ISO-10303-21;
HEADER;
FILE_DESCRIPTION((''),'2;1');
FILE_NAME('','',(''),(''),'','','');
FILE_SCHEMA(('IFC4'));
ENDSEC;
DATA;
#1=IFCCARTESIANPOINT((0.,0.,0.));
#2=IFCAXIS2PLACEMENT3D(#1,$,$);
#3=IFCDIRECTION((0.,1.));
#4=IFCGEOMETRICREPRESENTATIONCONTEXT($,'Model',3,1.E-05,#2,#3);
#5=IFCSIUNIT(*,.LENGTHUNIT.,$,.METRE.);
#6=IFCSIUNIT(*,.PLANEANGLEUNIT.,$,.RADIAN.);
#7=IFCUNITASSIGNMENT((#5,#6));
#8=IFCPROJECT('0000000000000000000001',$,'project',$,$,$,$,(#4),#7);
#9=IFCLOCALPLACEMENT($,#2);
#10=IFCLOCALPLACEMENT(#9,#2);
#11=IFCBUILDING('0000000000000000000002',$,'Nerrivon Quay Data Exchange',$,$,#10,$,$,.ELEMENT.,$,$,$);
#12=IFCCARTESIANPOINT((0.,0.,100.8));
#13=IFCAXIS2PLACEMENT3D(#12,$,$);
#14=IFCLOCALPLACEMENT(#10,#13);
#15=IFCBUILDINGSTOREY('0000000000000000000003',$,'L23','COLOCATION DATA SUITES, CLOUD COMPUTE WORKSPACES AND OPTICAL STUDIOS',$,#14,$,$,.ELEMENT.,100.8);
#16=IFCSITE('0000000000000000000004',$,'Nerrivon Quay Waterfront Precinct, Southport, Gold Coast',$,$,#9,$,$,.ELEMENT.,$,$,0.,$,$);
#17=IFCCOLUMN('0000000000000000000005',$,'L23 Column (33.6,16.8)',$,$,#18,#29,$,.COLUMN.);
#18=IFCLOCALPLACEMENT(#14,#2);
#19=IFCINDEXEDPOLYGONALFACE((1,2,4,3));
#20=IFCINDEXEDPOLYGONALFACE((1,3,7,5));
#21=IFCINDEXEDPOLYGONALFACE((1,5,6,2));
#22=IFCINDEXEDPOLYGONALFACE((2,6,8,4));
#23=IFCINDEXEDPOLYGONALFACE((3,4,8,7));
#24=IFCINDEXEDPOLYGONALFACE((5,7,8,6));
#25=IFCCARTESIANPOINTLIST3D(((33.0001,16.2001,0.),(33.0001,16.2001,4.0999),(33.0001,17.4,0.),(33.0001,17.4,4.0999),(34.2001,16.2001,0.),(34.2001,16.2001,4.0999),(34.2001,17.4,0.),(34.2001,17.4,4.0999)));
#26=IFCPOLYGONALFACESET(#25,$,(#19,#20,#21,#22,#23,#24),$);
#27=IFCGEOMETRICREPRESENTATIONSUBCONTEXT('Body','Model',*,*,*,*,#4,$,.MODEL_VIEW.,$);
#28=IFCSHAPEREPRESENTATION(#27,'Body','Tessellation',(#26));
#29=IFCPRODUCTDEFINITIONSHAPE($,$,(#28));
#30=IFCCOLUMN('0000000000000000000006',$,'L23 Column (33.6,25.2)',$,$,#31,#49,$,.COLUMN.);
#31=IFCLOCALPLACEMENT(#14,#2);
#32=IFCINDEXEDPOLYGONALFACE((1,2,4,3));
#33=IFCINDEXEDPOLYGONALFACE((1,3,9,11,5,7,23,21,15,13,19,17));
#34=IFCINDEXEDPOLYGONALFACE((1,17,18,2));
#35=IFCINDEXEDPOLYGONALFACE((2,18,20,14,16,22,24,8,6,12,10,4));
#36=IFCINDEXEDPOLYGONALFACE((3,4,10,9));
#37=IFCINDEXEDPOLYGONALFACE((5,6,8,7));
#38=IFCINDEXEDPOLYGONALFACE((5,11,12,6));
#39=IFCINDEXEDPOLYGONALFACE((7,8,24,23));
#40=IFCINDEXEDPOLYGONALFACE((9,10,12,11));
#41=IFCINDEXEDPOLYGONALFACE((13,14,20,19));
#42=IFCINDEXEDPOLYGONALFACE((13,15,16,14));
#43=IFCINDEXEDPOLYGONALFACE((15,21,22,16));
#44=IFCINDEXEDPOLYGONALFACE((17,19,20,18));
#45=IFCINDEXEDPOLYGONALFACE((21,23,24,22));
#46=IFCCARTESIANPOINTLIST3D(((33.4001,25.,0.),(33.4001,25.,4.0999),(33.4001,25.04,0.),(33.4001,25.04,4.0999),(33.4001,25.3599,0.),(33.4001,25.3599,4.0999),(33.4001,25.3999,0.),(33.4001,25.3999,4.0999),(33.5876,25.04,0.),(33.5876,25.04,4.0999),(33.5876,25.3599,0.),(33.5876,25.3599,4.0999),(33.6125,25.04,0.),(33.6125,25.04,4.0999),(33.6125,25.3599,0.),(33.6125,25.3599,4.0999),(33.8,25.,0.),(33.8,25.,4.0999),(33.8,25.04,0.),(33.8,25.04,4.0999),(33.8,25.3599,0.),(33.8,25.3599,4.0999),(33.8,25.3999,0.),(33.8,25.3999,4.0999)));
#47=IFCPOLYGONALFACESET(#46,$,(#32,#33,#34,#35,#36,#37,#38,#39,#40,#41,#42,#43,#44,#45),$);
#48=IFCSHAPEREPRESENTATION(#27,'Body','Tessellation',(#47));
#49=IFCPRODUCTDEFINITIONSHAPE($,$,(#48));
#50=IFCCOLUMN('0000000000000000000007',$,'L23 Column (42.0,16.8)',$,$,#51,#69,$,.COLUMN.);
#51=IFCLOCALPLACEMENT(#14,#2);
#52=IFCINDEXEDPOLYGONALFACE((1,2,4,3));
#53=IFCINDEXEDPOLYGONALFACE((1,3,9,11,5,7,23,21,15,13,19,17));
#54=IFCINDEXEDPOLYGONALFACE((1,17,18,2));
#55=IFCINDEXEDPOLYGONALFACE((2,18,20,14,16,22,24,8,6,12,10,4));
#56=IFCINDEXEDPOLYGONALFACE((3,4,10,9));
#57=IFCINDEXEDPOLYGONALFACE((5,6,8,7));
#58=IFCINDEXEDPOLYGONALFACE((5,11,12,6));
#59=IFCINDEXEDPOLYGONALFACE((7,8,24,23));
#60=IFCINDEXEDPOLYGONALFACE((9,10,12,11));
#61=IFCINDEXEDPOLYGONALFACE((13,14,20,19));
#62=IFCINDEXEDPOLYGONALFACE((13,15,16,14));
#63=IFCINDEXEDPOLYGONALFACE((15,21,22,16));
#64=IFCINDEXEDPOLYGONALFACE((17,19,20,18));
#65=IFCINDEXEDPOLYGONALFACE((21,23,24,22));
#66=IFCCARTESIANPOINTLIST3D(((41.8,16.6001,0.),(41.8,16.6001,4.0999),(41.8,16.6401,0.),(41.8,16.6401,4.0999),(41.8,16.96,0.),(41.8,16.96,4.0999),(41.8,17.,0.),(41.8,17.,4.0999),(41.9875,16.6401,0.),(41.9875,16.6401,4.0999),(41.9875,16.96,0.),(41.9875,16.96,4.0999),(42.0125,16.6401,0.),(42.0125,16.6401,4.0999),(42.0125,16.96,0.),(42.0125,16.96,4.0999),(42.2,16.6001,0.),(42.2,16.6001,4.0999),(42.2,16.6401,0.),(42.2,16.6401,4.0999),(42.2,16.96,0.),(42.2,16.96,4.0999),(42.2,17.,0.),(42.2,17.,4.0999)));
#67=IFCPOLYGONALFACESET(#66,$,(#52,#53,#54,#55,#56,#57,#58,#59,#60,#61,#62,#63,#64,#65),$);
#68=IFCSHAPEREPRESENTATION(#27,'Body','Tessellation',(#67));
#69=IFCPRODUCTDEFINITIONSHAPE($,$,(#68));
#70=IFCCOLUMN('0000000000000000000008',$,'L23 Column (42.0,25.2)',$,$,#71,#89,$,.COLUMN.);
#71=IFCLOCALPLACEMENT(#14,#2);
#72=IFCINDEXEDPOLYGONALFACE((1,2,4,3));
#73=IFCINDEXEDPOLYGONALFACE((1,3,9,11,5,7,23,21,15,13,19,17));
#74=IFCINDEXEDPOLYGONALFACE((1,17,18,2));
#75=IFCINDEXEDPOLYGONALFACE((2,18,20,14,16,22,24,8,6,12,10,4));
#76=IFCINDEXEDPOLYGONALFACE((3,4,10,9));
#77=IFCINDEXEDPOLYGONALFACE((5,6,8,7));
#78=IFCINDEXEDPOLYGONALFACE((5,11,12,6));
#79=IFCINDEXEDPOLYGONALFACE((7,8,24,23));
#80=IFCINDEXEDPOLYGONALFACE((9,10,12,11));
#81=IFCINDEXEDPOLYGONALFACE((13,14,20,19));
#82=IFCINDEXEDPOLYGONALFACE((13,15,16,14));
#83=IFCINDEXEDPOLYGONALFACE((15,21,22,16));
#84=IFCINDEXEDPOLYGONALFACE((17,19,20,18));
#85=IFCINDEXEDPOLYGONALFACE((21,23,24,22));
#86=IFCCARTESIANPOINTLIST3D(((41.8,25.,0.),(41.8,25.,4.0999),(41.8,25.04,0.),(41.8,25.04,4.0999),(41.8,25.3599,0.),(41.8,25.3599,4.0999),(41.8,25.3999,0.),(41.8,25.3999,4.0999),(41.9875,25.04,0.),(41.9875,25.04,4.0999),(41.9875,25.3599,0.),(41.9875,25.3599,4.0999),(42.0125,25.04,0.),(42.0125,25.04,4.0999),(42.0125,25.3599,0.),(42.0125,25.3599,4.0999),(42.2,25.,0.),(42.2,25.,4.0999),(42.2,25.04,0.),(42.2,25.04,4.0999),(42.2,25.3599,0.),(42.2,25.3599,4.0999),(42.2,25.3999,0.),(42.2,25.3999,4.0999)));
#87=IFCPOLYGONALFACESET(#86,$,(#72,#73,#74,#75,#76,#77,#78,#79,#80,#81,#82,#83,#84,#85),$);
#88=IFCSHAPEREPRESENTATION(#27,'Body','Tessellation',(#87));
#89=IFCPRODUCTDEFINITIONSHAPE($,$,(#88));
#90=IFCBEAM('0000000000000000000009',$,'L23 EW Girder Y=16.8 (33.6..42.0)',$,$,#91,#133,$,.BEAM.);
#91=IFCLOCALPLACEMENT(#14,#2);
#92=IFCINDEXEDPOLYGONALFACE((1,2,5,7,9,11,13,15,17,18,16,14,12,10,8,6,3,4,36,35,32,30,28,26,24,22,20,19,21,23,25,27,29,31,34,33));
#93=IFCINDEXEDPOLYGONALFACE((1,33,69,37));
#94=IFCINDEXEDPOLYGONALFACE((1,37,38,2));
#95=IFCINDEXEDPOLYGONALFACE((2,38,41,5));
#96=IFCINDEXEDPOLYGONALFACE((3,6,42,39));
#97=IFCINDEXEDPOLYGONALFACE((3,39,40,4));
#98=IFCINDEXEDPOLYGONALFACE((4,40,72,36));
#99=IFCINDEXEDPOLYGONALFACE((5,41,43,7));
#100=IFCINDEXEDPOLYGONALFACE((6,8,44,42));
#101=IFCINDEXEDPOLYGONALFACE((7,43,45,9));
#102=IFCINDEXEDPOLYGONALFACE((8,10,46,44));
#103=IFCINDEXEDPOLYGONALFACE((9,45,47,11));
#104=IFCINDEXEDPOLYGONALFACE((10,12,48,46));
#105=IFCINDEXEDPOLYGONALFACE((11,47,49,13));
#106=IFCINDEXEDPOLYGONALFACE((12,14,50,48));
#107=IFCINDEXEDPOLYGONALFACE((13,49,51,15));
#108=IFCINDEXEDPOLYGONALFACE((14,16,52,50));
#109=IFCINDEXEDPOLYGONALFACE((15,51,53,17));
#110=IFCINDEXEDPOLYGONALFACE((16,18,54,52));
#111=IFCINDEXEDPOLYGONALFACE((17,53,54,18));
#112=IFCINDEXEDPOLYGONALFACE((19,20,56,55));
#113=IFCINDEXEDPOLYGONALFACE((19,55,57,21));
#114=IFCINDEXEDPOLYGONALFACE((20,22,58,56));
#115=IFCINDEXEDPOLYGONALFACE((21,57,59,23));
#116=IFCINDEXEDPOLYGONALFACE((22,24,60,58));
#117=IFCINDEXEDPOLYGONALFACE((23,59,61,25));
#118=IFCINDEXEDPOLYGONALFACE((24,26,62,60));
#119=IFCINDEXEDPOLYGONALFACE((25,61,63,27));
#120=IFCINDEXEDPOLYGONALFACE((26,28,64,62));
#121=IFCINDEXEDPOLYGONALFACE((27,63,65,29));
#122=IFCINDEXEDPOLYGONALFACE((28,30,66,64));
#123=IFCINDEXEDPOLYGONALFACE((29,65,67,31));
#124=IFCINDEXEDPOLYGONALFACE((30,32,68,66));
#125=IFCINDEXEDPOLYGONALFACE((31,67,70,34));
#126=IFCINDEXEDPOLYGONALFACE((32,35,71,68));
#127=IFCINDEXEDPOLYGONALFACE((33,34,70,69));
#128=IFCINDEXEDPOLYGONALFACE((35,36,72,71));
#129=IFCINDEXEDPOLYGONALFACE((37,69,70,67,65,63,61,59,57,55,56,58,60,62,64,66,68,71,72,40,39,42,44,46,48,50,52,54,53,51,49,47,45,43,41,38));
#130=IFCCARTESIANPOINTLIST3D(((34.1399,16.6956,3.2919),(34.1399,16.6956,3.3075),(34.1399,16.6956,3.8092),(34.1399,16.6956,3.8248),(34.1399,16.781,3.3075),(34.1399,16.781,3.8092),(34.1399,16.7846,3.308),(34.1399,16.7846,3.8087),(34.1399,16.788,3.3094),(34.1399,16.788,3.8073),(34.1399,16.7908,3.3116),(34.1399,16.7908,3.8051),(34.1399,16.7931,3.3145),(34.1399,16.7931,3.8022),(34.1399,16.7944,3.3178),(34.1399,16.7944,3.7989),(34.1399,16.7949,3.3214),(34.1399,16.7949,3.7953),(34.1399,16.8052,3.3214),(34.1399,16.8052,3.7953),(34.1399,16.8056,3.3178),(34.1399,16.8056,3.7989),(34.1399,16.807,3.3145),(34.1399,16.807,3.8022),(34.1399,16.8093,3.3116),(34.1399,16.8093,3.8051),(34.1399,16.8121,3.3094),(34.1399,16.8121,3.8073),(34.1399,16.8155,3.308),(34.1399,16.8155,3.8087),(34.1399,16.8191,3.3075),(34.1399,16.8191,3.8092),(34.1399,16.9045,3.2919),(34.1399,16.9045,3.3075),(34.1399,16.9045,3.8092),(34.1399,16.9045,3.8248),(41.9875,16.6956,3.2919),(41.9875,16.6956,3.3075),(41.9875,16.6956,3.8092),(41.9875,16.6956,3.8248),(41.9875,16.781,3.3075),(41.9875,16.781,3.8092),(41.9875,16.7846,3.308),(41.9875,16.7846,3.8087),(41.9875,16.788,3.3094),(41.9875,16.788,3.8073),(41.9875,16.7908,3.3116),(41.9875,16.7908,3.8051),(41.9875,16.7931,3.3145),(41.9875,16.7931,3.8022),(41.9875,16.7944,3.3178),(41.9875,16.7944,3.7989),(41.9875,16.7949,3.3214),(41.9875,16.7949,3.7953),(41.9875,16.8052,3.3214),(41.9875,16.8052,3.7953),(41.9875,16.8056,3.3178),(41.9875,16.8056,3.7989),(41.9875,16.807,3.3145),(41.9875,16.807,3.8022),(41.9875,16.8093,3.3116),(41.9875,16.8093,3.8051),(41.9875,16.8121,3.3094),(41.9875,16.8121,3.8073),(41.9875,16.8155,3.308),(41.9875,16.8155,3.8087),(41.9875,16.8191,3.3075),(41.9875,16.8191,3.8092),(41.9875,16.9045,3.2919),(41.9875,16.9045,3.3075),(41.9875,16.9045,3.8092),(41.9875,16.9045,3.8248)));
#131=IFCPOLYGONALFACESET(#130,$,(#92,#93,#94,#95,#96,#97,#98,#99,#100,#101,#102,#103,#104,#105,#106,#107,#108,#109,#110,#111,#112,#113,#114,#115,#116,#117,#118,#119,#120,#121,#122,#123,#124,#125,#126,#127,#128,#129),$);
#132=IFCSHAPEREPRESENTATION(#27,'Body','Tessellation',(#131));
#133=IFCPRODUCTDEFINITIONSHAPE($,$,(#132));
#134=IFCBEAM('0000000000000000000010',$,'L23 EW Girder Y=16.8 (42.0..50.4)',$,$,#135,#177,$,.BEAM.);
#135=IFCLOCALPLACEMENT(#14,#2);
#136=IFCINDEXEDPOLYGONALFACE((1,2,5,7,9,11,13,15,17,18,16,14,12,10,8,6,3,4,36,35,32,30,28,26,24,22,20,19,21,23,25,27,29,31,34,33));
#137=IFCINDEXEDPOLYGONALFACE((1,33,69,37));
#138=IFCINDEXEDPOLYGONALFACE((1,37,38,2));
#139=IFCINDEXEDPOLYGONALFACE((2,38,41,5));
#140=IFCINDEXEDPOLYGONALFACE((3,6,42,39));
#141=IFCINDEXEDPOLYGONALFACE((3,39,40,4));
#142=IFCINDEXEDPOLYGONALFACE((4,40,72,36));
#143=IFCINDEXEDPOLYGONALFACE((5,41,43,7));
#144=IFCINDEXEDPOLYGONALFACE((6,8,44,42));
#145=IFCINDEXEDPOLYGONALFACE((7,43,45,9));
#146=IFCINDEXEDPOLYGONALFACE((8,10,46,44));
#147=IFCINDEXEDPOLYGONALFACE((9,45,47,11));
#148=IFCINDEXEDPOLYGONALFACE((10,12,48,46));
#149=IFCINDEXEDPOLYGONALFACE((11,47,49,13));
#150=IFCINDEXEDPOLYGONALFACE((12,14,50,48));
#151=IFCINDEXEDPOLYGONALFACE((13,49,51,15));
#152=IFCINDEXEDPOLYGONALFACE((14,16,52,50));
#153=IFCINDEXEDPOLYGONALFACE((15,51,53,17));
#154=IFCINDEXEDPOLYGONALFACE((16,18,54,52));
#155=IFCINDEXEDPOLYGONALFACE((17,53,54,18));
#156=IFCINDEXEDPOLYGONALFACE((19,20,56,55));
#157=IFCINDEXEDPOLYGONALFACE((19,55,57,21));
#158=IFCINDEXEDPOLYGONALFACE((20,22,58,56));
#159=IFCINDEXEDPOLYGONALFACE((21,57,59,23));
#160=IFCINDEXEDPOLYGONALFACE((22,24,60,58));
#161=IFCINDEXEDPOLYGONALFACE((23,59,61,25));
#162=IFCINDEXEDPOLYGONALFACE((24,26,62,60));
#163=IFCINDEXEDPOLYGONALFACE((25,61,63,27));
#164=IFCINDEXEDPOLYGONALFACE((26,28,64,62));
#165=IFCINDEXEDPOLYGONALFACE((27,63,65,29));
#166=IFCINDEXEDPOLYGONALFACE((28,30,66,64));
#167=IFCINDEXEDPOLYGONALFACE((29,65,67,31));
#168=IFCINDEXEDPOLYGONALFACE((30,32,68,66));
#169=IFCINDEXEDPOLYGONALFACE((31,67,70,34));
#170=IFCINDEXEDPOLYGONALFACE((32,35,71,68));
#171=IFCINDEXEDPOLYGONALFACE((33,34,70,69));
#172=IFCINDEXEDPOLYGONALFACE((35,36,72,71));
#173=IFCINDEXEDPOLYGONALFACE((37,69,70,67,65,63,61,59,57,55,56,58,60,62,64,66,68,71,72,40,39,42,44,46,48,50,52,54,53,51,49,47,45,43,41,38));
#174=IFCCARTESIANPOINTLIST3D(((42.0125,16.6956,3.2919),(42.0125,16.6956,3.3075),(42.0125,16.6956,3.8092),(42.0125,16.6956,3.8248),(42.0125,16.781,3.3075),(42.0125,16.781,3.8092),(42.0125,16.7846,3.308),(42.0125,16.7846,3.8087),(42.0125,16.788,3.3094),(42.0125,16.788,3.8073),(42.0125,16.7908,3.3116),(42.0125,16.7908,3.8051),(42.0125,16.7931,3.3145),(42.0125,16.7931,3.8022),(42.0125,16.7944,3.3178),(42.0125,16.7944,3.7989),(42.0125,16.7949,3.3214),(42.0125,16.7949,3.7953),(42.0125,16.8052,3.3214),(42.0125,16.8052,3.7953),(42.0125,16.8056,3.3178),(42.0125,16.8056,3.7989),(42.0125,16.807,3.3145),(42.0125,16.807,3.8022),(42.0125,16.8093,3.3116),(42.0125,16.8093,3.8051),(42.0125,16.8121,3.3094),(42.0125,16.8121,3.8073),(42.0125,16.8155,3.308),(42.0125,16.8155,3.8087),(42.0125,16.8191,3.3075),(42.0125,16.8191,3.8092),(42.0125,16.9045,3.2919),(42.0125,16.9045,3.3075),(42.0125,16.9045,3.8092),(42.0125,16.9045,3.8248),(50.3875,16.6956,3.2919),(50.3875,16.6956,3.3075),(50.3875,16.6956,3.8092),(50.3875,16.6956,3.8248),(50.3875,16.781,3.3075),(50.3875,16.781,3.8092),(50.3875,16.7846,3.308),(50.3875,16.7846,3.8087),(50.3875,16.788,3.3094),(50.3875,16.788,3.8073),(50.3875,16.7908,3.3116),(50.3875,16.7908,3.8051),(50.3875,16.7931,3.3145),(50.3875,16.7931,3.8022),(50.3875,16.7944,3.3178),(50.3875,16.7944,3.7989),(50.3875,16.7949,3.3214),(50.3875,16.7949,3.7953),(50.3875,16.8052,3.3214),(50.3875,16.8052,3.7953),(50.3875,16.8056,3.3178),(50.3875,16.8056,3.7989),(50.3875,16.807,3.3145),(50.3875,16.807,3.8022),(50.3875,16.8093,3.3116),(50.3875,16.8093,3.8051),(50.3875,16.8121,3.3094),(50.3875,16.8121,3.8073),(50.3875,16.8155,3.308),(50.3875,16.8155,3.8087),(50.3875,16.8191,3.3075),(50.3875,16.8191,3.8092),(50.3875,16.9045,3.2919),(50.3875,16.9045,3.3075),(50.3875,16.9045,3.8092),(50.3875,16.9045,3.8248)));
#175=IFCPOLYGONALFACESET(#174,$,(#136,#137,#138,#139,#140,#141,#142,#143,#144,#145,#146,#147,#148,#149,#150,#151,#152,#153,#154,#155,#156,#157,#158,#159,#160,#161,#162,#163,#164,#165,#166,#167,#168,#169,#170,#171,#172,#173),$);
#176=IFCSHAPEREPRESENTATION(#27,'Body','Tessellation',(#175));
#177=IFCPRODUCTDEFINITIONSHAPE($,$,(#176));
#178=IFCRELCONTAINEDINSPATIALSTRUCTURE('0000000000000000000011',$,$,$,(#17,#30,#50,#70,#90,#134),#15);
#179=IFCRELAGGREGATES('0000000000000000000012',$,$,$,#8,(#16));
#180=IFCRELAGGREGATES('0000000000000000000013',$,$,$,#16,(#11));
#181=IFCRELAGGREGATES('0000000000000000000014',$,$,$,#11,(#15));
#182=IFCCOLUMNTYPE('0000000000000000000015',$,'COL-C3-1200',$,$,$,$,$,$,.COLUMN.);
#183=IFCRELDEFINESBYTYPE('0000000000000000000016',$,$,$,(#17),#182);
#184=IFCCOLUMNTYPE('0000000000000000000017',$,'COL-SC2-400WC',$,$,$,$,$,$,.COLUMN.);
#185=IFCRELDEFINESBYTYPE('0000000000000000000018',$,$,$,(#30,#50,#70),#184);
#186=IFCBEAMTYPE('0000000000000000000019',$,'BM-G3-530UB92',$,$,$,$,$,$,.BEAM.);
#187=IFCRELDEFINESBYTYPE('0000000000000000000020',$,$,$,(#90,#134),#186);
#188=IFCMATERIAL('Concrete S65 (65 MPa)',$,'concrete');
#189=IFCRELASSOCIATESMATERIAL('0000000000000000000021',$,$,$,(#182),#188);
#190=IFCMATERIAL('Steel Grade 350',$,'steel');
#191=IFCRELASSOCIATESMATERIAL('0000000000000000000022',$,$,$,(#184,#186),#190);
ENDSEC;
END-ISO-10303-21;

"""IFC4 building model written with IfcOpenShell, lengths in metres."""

from ifc_helpers import new_model, si_unit, direction, frame, origin, origin_2d, place, context, subcontext, project, spatial, rectangle, i_section, extrude, material, material_profile, profile_set, type_object, element, save


model = new_model("IFC4")

# Units and contexts
model_context = context("Model", 3, precision=1e-05, world=origin(), true_north=direction((0.0, 1.0)))
body_context = subcontext(model_context, "Body", "Model", "MODEL_VIEW")
ifc_project = project(units=[si_unit("LENGTHUNIT", "METRE"), si_unit("PLANEANGLEUNIT", "RADIAN")], contexts=[model_context])

# Site, building, storey
site_placement = place(None, origin())
site = spatial("IfcSite", under=ifc_project, at=site_placement, Name="Nerrivon Quay Waterfront Precinct, Southport, Gold Coast", CompositionType="ELEMENT", RefElevation=0.0)
building_placement = place(site_placement, origin())
building = spatial("IfcBuilding", under=site, at=building_placement, Name="Nerrivon Quay Data Exchange", CompositionType="ELEMENT")
storey_placement = place(building_placement, frame((0.0, 0.0, 100.8)))
storey = spatial("IfcBuildingStorey", under=building, at=storey_placement, Name="L23", Description="COLOCATION DATA SUITES, CLOUD COMPUTE WORKSPACES AND OPTICAL STUDIOS", CompositionType="ELEMENT", Elevation=100.8)

# Columns
ifc_material_1 = material(Name="Concrete S65 (65 MPa)", Category="concrete")
ifc_material_profile_1 = material_profile(ifc_material_1, rectangle(XDim=1.2, YDim=1.2, at=origin_2d()), Name="RC-COL-1200x1200")
ifc_profile_set_1 = profile_set([ifc_material_profile_1], Name="Concrete S65 (65 MPa)")
column_type_1 = type_object("IfcColumnType", Name="COL-C3-1200", PredefinedType="COLUMN", material=ifc_profile_set_1)
column_placement = place(storey_placement, frame((33.6001, 16.8, 0.0), z_axis=(0.0, 0.0, 1.0), x_axis=(1.0, 0.0, 0.0)))
element("IfcColumn", 1, at=column_placement, inside=storey, type_object=column_type_1, Name="L23 Column (33.6,16.8)", PredefinedType="COLUMN", context=body_context, shape_type="SweptSolid", body=[
    extrude(rectangle(XDim=1.2, YDim=1.2, at=origin_2d()), origin(), (0.0, 0.0, 1.0), 4.0999),
])
ifc_material_2 = material(Name="Steel Grade 350", Category="steel")
ifc_material_profile_2 = material_profile(ifc_material_2, i_section(OverallWidth=0.3999, OverallDepth=0.3999, WebThickness=0.0249, FlangeThickness=0.04, at=origin_2d()), Name="400WC328")
ifc_profile_set_2 = profile_set([ifc_material_profile_2], Name="Steel Grade 350")
column_type_2 = type_object("IfcColumnType", Name="COL-SC2-400WC", PredefinedType="COLUMN", material=ifc_profile_set_2)
for number, where, z_axis, x_axis, name in (
    (2, (33.6001, 25.2, 0.0), (0.0, 0.0, 1.0), (1.0, 0.0, 0.0), "L23 Column (33.6,25.2)"),
    (3, (42.0, 16.8, 0.0), (0.0, 0.0, 1.0), (1.0, 0.0, 0.0), "L23 Column (42.0,16.8)"),
    (4, (42.0, 25.2, 0.0), (0.0, 0.0, 1.0), (1.0, 0.0, 0.0), "L23 Column (42.0,25.2)"),
):
    element("IfcColumn", number, at=place(storey_placement, frame(where, z_axis=z_axis, x_axis=x_axis)), inside=storey, type_object=column_type_2, Name=name, PredefinedType="COLUMN", context=body_context, shape_type="SweptSolid", body=[
        extrude(i_section(OverallWidth=0.3999, OverallDepth=0.3999, WebThickness=0.0249, FlangeThickness=0.04, at=origin_2d()), origin(), (0.0, 0.0, 1.0), 4.0999),
    ])

# Beams
ifc_material_profile_3 = material_profile(ifc_material_2, i_section(OverallWidth=0.209, OverallDepth=0.533, WebThickness=0.0103, FlangeThickness=0.0156, FilletRadius=0.0139, at=origin_2d()), Name="530UB92.4")
ifc_profile_set_3 = profile_set([ifc_material_profile_3], Name="Steel Grade 350")
beam_type_1 = type_object("IfcBeamType", Name="BM-G3-530UB92", PredefinedType="BEAM", material=ifc_profile_set_3)
beam_1_placement = place(storey_placement, frame((34.1399, 16.8, 3.5583), z_axis=(1.0, 0.0, 0.0), x_axis=(0.0, 1.0, 0.0)))
element("IfcBeam", 5, at=beam_1_placement, inside=storey, type_object=beam_type_1, Name="L23 EW Girder Y=16.8 (33.6..42.0)", PredefinedType="BEAM", context=body_context, shape_type="SweptSolid", body=[
    extrude(i_section(OverallWidth=0.209, OverallDepth=0.533, WebThickness=0.0103, FlangeThickness=0.0156, FilletRadius=0.0139, at=origin_2d()), origin(), (0.0, 0.0, 1.0), 7.8477),
])
for number, where, z_axis, x_axis, name in (
    (6, (42.0125, 16.8, 3.5583), (1.0, 0.0, 0.0), (0.0, 1.0, 0.0), "L23 EW Girder Y=16.8 (42.0..50.4)"),
):
    element("IfcBeam", number, at=place(storey_placement, frame(where, z_axis=z_axis, x_axis=x_axis)), inside=storey, type_object=beam_type_1, Name=name, PredefinedType="BEAM", context=body_context, shape_type="SweptSolid", body=[
        extrude(i_section(OverallWidth=0.209, OverallDepth=0.533, WebThickness=0.0103, FlangeThickness=0.0156, FilletRadius=0.0139, at=origin_2d()), origin(), (0.0, 0.0, 1.0), 8.375),
    ])

save(model, "model.ifc")
